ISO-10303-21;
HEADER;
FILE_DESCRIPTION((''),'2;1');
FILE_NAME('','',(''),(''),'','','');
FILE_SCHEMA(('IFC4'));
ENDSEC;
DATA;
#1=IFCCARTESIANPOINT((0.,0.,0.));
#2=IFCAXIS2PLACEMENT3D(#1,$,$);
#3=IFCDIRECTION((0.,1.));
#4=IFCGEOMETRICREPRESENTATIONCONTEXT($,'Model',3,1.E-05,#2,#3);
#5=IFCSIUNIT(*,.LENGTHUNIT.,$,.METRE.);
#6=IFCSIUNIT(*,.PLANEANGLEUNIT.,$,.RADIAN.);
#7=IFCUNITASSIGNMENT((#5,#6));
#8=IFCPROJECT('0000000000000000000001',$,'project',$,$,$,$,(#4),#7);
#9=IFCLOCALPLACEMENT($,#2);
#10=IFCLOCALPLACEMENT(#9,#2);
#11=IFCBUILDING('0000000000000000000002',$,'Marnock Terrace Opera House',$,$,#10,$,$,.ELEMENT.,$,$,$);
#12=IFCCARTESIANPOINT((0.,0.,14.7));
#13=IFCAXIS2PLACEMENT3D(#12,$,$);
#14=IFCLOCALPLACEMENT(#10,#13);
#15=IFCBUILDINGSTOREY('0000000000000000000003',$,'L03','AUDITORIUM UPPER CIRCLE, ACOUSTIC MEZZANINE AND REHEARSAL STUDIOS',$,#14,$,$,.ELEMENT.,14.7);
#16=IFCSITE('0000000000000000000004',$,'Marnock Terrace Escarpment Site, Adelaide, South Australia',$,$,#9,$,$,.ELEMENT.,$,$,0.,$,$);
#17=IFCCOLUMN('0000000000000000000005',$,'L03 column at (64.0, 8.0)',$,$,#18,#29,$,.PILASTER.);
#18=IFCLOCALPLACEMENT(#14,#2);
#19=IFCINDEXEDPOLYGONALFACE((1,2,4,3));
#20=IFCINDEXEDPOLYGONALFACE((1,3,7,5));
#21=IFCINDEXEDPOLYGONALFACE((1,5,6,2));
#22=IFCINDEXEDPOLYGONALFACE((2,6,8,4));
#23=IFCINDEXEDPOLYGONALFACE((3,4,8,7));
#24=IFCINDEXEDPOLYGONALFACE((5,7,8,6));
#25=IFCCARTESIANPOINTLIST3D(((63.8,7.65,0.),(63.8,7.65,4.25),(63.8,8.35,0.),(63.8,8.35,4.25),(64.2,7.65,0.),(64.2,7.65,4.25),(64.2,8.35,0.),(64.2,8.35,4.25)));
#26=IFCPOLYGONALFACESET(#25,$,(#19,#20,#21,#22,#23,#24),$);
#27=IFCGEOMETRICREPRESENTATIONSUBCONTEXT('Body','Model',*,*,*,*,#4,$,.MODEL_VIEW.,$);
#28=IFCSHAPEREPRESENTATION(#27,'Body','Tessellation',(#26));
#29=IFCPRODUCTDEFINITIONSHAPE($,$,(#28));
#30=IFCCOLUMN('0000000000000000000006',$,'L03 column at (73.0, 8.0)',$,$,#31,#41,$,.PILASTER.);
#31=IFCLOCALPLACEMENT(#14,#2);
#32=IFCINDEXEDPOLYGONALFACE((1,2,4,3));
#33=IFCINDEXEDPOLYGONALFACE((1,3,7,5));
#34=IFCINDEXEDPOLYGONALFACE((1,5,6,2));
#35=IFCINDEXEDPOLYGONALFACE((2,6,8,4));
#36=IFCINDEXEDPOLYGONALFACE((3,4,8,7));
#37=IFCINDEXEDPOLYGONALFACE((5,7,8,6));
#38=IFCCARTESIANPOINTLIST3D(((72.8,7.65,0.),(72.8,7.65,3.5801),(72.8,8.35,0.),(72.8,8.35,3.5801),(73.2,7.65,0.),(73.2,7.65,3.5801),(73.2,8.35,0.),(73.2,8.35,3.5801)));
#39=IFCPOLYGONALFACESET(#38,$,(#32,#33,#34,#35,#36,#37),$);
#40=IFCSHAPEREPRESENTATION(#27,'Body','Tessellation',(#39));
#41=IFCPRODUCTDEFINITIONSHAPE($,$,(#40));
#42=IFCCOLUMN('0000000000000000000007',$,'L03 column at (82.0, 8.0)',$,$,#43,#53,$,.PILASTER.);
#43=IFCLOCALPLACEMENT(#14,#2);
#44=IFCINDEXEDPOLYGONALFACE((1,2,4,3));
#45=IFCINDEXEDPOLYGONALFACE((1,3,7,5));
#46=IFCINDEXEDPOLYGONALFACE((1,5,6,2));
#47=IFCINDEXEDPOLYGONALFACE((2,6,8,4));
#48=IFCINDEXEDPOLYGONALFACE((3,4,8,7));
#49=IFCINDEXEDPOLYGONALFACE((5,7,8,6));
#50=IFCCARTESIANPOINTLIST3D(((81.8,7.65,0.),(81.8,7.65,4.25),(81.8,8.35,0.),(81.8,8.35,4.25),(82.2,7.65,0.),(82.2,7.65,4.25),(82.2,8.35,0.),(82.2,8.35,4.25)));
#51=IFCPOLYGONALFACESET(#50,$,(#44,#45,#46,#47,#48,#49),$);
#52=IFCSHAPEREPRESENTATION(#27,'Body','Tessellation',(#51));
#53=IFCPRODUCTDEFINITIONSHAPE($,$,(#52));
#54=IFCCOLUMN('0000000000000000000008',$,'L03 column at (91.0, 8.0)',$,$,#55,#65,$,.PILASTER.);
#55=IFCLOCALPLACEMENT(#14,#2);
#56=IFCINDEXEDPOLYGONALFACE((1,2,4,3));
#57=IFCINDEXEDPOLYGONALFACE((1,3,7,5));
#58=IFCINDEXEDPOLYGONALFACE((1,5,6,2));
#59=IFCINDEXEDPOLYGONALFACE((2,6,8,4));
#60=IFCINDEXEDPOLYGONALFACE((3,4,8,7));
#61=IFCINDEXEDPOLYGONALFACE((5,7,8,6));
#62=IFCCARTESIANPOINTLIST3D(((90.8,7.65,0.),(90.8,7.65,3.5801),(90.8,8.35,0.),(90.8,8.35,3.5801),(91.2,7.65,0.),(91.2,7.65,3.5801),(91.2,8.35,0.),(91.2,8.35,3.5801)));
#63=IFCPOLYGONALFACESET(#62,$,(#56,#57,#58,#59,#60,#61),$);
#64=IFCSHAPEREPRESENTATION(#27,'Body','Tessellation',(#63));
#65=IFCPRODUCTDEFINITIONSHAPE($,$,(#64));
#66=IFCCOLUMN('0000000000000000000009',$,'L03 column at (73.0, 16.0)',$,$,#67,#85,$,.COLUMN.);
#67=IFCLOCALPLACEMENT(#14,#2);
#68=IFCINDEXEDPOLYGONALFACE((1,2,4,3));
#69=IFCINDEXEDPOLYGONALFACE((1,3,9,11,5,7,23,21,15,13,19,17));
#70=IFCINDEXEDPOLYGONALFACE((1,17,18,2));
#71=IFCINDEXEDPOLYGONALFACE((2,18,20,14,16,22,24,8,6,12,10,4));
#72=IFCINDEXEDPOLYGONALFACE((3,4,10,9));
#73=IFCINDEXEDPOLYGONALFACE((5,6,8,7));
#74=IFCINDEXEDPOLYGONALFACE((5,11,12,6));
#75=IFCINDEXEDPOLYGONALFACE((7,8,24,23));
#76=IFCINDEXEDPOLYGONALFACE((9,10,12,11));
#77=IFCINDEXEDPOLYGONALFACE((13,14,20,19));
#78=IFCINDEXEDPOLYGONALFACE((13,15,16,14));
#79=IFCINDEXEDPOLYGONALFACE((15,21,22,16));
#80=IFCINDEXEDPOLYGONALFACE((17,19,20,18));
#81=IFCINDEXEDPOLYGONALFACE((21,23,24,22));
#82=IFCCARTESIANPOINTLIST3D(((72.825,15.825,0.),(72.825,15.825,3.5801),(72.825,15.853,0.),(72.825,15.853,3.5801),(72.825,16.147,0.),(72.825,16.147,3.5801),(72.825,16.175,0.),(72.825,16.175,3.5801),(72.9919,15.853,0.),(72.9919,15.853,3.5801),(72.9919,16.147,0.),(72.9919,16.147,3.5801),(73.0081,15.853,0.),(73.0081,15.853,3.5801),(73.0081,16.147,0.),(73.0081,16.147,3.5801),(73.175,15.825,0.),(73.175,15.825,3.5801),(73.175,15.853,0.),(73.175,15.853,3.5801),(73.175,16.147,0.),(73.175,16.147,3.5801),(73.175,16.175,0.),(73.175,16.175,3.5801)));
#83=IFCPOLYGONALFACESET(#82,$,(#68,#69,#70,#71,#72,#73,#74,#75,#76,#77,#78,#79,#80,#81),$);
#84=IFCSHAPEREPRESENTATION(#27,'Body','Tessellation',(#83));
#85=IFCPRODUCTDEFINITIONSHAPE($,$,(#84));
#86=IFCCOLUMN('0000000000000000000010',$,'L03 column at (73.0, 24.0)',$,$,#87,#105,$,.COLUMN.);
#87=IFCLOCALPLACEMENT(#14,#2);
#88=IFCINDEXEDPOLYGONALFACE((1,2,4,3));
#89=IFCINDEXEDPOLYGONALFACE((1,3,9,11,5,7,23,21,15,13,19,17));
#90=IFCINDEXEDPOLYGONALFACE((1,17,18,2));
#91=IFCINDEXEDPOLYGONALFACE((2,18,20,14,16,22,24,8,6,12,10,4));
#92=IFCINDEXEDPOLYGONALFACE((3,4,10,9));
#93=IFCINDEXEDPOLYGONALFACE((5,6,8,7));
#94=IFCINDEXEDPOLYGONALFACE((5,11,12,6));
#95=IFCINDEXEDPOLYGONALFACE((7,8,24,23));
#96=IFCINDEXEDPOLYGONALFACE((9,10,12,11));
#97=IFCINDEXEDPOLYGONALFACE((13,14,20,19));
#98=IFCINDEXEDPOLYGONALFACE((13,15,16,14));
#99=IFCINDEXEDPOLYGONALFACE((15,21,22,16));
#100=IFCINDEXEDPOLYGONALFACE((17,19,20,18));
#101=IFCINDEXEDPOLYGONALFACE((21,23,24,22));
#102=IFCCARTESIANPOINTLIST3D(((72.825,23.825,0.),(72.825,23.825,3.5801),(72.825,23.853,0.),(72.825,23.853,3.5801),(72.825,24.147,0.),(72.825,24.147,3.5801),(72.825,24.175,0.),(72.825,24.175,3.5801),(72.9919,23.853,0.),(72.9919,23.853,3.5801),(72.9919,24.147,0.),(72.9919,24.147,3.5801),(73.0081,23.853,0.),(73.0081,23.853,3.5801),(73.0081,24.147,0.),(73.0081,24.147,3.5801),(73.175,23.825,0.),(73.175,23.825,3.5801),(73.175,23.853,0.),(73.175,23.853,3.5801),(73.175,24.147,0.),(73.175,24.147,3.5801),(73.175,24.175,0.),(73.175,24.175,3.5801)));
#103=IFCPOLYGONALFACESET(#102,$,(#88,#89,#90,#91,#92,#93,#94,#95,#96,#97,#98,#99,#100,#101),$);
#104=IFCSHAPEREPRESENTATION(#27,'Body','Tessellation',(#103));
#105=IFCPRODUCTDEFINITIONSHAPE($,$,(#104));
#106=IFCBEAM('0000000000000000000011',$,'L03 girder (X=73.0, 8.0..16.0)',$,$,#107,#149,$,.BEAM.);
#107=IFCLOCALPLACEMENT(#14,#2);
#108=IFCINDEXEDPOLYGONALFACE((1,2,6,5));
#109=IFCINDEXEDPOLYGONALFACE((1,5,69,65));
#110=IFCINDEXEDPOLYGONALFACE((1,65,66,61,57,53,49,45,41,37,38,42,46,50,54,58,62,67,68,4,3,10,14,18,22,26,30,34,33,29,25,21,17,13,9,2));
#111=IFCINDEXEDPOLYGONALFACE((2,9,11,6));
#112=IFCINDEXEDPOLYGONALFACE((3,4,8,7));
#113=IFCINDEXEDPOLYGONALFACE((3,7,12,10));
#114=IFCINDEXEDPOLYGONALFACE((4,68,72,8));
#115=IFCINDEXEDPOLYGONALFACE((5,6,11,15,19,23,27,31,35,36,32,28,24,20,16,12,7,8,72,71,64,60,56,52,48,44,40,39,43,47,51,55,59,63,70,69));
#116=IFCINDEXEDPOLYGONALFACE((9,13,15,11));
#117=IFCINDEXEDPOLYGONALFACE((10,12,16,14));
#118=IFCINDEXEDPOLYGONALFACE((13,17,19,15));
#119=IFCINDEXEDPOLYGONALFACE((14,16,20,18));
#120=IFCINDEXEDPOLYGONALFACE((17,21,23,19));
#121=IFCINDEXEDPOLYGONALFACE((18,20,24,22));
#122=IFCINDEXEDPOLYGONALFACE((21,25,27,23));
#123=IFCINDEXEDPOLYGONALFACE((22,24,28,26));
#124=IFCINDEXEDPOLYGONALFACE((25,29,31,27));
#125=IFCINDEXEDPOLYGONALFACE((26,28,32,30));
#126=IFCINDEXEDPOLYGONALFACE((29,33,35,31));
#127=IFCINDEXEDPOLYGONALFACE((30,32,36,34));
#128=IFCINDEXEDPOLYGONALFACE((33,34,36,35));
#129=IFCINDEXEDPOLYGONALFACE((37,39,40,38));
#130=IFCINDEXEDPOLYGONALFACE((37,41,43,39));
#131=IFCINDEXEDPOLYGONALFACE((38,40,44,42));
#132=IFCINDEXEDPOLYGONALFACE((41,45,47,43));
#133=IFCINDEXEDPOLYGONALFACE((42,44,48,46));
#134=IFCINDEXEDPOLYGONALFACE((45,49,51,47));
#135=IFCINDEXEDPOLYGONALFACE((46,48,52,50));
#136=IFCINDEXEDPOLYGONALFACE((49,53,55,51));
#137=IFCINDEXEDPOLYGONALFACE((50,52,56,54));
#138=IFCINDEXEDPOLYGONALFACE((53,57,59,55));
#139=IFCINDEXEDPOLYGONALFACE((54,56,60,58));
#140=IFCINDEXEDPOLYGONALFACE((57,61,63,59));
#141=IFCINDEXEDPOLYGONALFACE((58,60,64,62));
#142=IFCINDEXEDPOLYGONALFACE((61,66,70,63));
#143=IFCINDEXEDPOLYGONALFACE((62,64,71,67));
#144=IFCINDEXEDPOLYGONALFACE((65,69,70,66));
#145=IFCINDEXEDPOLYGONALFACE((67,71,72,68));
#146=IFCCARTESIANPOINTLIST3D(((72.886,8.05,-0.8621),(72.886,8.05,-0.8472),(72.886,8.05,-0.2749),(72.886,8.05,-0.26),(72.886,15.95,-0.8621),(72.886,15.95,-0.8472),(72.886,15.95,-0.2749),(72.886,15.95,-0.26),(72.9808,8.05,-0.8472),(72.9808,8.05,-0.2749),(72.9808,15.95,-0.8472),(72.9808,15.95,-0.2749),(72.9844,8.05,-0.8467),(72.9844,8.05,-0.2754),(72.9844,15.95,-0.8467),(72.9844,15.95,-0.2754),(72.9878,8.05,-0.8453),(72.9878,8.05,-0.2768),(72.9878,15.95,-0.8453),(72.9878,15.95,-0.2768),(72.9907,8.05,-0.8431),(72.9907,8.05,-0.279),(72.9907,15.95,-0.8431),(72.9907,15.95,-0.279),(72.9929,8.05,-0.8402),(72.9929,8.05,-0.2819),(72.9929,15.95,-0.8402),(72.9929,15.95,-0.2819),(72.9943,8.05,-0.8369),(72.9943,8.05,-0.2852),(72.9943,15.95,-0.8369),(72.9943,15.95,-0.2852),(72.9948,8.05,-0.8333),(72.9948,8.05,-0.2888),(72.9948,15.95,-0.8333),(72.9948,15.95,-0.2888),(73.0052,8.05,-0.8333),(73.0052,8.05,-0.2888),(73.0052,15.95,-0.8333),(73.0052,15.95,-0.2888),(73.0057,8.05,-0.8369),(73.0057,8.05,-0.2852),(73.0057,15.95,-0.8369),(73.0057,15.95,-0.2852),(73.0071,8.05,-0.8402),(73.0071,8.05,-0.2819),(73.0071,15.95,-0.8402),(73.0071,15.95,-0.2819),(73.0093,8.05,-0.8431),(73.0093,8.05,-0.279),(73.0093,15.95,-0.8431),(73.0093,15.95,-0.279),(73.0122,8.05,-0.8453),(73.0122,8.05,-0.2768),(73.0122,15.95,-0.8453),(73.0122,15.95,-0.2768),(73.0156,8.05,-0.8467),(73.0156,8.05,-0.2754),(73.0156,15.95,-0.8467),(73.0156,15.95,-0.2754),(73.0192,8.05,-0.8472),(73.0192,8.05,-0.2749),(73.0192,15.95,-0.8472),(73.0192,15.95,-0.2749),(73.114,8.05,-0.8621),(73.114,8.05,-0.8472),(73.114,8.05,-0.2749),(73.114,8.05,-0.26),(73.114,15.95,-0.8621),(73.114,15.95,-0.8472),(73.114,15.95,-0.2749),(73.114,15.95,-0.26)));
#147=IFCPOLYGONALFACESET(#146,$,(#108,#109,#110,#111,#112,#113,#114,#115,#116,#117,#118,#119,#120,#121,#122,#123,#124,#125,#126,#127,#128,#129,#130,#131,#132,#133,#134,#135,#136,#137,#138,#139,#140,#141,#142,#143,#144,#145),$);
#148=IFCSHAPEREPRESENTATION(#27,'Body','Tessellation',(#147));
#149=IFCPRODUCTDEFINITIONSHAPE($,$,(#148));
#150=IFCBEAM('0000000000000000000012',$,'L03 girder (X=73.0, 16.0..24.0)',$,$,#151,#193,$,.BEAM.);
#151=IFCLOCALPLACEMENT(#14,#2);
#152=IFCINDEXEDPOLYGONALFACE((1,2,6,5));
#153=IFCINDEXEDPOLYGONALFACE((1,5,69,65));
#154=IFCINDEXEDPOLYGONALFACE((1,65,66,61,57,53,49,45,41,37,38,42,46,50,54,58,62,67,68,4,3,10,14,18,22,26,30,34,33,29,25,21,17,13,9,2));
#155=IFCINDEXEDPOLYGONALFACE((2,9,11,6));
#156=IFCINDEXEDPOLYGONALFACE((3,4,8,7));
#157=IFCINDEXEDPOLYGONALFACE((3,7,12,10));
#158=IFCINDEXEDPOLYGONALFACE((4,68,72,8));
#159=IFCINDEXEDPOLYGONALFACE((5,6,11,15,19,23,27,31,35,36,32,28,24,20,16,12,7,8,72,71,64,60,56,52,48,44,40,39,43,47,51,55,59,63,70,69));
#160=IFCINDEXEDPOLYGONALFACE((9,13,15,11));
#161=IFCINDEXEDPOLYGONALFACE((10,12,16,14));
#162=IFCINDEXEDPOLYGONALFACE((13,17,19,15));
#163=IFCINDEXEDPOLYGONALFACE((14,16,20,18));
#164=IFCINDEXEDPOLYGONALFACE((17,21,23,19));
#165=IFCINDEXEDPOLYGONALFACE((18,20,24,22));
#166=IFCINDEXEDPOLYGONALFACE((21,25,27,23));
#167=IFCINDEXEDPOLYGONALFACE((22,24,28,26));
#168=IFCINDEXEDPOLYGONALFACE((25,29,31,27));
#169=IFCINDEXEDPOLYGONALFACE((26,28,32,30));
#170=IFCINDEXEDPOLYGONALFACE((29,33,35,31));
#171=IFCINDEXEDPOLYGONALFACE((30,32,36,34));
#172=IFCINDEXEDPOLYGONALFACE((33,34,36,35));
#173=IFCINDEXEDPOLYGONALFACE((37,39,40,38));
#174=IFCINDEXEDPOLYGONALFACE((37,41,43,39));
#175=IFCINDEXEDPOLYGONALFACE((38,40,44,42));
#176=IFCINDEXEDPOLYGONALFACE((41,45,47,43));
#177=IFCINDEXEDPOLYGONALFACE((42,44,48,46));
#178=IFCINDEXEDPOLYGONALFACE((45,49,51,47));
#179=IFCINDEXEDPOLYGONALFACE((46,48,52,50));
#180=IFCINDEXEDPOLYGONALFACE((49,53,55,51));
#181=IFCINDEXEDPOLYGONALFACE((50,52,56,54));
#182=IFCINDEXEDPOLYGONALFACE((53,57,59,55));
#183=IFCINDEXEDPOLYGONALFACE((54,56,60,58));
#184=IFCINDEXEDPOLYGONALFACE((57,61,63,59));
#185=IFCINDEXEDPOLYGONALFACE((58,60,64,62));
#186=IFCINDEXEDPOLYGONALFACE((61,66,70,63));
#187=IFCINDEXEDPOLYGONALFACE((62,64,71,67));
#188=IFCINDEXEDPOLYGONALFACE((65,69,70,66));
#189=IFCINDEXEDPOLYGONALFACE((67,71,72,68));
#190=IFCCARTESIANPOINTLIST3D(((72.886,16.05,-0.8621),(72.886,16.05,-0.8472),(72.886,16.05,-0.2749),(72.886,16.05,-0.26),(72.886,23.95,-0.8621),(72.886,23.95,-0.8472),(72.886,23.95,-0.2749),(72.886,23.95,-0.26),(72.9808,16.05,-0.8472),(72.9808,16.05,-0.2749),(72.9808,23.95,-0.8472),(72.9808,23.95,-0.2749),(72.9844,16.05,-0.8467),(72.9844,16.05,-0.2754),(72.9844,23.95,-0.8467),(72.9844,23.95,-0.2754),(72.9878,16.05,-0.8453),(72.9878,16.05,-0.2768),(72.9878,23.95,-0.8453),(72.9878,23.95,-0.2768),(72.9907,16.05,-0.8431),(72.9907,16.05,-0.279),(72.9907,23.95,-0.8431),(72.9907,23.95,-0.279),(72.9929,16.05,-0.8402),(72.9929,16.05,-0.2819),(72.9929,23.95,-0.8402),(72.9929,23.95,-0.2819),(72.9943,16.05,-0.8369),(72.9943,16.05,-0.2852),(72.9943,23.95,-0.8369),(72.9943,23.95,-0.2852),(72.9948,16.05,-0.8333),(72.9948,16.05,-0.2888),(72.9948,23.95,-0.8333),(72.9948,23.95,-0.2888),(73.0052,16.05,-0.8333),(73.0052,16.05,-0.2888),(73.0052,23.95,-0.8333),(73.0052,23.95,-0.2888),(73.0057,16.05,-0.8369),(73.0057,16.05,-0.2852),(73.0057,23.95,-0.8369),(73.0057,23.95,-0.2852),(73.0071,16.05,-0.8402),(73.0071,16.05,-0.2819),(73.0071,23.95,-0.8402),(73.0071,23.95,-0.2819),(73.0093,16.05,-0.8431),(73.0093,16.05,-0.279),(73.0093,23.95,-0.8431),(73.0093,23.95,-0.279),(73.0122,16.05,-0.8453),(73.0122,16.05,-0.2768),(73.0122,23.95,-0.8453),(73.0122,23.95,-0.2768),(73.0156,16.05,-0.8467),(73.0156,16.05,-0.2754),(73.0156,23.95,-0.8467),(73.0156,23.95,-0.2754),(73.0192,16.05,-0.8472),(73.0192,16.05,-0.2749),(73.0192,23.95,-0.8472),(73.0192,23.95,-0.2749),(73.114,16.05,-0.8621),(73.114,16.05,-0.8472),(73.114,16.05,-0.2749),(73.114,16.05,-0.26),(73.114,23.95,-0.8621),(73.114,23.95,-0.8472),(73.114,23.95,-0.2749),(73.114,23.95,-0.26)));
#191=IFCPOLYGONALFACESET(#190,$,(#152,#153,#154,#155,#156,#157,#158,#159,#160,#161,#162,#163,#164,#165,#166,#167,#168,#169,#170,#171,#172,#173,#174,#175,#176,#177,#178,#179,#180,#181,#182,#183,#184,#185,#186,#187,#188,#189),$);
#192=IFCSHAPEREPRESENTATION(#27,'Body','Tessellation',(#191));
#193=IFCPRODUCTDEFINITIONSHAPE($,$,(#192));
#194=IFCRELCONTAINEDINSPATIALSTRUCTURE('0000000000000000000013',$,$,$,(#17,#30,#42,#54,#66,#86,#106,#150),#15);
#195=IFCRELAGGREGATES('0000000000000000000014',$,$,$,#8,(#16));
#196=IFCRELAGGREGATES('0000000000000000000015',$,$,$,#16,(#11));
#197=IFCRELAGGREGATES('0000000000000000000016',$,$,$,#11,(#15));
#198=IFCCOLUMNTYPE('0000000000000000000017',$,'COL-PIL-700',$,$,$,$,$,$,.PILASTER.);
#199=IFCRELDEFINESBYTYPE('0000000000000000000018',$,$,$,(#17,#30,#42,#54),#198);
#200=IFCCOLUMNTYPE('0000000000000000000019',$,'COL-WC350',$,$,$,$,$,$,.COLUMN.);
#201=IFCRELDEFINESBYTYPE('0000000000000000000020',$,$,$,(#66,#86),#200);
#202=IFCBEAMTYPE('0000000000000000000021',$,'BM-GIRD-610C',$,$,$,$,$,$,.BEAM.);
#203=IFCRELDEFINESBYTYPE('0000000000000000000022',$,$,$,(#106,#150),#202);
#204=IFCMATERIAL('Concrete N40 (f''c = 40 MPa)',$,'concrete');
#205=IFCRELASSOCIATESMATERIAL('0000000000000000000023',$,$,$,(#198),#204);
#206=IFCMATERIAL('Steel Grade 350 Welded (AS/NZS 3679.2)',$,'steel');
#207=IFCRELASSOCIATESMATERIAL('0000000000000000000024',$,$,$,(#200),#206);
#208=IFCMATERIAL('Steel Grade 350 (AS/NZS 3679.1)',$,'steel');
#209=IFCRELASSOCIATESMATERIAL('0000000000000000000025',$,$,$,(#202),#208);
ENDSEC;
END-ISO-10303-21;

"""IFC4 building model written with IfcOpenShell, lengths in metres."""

from ifc_helpers import new_model, si_unit, direction, frame, origin, origin_2d, place, context, subcontext, project, spatial, rectangle, i_section, extrude, material, material_profile, profile_set, type_object, element, save


model = new_model("IFC4")

# Units and contexts
model_context = context("Model", 3, precision=1e-05, world=origin(), true_north=direction((0.0, 1.0)))
body_context = subcontext(model_context, "Body", "Model", "MODEL_VIEW")
ifc_project = project(units=[si_unit("LENGTHUNIT", "METRE"), si_unit("PLANEANGLEUNIT", "RADIAN")], contexts=[model_context])

# Site, building, storey
site_placement = place(None, origin())
site = spatial("IfcSite", under=ifc_project, at=site_placement, Name="Marnock Terrace Escarpment Site, Adelaide, South Australia", CompositionType="ELEMENT", RefElevation=0.0)
building_placement = place(site_placement, origin())
building = spatial("IfcBuilding", under=site, at=building_placement, Name="Marnock Terrace Opera House", CompositionType="ELEMENT")
storey_placement = place(building_placement, frame((0.0, 0.0, 14.7)))
storey = spatial("IfcBuildingStorey", under=building, at=storey_placement, Name="L03", Description="AUDITORIUM UPPER CIRCLE, ACOUSTIC MEZZANINE AND REHEARSAL STUDIOS", CompositionType="ELEMENT", Elevation=14.7)

# Columns
ifc_material_1 = material(Name="Concrete N40 (f'c = 40 MPa)", Category="concrete")
ifc_material_profile_1 = material_profile(ifc_material_1, rectangle(XDim=0.3999, YDim=0.7, at=origin_2d()))
ifc_profile_set_1 = profile_set([ifc_material_profile_1], Name="Concrete N40 (f'c = 40 MPa)")
column_type_1 = type_object("IfcColumnType", Name="COL-PIL-700", PredefinedType="PILASTER", material=ifc_profile_set_1)
column_1_placement = place(storey_placement, frame((64.0, 8.0, 0.0), z_axis=(0.0, 0.0, 1.0), x_axis=(1.0, 0.0, 0.0)))
element("IfcColumn", 1, at=column_1_placement, inside=storey, type_object=column_type_1, Name="L03 column at (64.0, 8.0)", PredefinedType="PILASTER", context=body_context, shape_type="SweptSolid", body=[
    extrude(rectangle(XDim=0.3999, YDim=0.7, at=origin_2d()), origin(), (0.0, 0.0, 1.0), 4.25),
])
column_2_placement = place(storey_placement, frame((73.0, 8.0, 0.0), z_axis=(0.0, 0.0, 1.0), x_axis=(1.0, 0.0, 0.0)))
element("IfcColumn", 2, at=column_2_placement, inside=storey, type_object=column_type_1, Name="L03 column at (73.0, 8.0)", PredefinedType="PILASTER", context=body_context, shape_type="SweptSolid", body=[
    extrude(rectangle(XDim=0.3999, YDim=0.7, at=origin_2d()), origin(), (0.0, 0.0, 1.0), 3.5801),
])
column_3_placement = place(storey_placement, frame((82.0, 8.0, 0.0), z_axis=(0.0, 0.0, 1.0), x_axis=(1.0, 0.0, 0.0)))
element("IfcColumn", 3, at=column_3_placement, inside=storey, type_object=column_type_1, Name="L03 column at (82.0, 8.0)", PredefinedType="PILASTER", context=body_context, shape_type="SweptSolid", body=[
    extrude(rectangle(XDim=0.3999, YDim=0.7, at=origin_2d()), origin(), (0.0, 0.0, 1.0), 4.25),
])
column_4_placement = place(storey_placement, frame((91.0, 8.0, 0.0), z_axis=(0.0, 0.0, 1.0), x_axis=(1.0, 0.0, 0.0)))
element("IfcColumn", 4, at=column_4_placement, inside=storey, type_object=column_type_1, Name="L03 column at (91.0, 8.0)", PredefinedType="PILASTER", context=body_context, shape_type="SweptSolid", body=[
    extrude(rectangle(XDim=0.3999, YDim=0.7, at=origin_2d()), origin(), (0.0, 0.0, 1.0), 3.5801),
])
ifc_material_2 = material(Name="Steel Grade 350 Welded (AS/NZS 3679.2)", Category="steel")
ifc_material_profile_2 = material_profile(ifc_material_2, i_section(OverallWidth=0.3501, OverallDepth=0.3501, WebThickness=0.0161, FlangeThickness=0.0281, at=origin_2d()))
ifc_profile_set_2 = profile_set([ifc_material_profile_2], Name="Steel Grade 350 Welded (AS/NZS 3679.2)")
column_type_2 = type_object("IfcColumnType", Name="COL-WC350", PredefinedType="COLUMN", material=ifc_profile_set_2)
for number, where, z_axis, x_axis, name in (
    (5, (73.0, 16.0, 0.0), (0.0, 0.0, 1.0), (1.0, 0.0, 0.0), "L03 column at (73.0, 16.0)"),
    (6, (73.0, 24.0, 0.0), (0.0, 0.0, 1.0), (1.0, 0.0, 0.0), "L03 column at (73.0, 24.0)"),
):
    element("IfcColumn", number, at=place(storey_placement, frame(where, z_axis=z_axis, x_axis=x_axis)), inside=storey, type_object=column_type_2, Name=name, PredefinedType="COLUMN", context=body_context, shape_type="SweptSolid", body=[
        extrude(i_section(OverallWidth=0.3501, OverallDepth=0.3501, WebThickness=0.0161, FlangeThickness=0.0281, at=origin_2d()), origin(), (0.0, 0.0, 1.0), 3.5801),
    ])

# Beams
ifc_material_3 = material(Name="Steel Grade 350 (AS/NZS 3679.1)", Category="steel")
ifc_material_profile_3 = material_profile(ifc_material_3, i_section(OverallWidth=0.228, OverallDepth=0.6021, WebThickness=0.0105, FlangeThickness=0.0149, FilletRadius=0.0139, at=origin_2d()))
ifc_profile_set_3 = profile_set([ifc_material_profile_3], Name="Steel Grade 350 (AS/NZS 3679.1)")
beam_type_1 = type_object("IfcBeamType", Name="BM-GIRD-610C", PredefinedType="BEAM", material=ifc_profile_set_3)
for number, where, z_axis, x_axis, name in (
    (7, (73.0, 8.05, -0.561), (0.0, 1.0, 0.0), (-1.0, 0.0, 0.0), "L03 girder (X=73.0, 8.0..16.0)"),
    (8, (73.0, 16.05, -0.561), (0.0, 1.0, 0.0), (-1.0, 0.0, 0.0), "L03 girder (X=73.0, 16.0..24.0)"),
):
    element("IfcBeam", number, at=place(storey_placement, frame(where, z_axis=z_axis, x_axis=x_axis)), inside=storey, type_object=beam_type_1, Name=name, PredefinedType="BEAM", context=body_context, shape_type="SweptSolid", body=[
        extrude(i_section(OverallWidth=0.228, OverallDepth=0.6021, WebThickness=0.0105, FlangeThickness=0.0149, FilletRadius=0.0139, at=origin_2d()), origin(), (0.0, 0.0, 1.0), 7.8999),
    ])

save(model, "model.ifc")
